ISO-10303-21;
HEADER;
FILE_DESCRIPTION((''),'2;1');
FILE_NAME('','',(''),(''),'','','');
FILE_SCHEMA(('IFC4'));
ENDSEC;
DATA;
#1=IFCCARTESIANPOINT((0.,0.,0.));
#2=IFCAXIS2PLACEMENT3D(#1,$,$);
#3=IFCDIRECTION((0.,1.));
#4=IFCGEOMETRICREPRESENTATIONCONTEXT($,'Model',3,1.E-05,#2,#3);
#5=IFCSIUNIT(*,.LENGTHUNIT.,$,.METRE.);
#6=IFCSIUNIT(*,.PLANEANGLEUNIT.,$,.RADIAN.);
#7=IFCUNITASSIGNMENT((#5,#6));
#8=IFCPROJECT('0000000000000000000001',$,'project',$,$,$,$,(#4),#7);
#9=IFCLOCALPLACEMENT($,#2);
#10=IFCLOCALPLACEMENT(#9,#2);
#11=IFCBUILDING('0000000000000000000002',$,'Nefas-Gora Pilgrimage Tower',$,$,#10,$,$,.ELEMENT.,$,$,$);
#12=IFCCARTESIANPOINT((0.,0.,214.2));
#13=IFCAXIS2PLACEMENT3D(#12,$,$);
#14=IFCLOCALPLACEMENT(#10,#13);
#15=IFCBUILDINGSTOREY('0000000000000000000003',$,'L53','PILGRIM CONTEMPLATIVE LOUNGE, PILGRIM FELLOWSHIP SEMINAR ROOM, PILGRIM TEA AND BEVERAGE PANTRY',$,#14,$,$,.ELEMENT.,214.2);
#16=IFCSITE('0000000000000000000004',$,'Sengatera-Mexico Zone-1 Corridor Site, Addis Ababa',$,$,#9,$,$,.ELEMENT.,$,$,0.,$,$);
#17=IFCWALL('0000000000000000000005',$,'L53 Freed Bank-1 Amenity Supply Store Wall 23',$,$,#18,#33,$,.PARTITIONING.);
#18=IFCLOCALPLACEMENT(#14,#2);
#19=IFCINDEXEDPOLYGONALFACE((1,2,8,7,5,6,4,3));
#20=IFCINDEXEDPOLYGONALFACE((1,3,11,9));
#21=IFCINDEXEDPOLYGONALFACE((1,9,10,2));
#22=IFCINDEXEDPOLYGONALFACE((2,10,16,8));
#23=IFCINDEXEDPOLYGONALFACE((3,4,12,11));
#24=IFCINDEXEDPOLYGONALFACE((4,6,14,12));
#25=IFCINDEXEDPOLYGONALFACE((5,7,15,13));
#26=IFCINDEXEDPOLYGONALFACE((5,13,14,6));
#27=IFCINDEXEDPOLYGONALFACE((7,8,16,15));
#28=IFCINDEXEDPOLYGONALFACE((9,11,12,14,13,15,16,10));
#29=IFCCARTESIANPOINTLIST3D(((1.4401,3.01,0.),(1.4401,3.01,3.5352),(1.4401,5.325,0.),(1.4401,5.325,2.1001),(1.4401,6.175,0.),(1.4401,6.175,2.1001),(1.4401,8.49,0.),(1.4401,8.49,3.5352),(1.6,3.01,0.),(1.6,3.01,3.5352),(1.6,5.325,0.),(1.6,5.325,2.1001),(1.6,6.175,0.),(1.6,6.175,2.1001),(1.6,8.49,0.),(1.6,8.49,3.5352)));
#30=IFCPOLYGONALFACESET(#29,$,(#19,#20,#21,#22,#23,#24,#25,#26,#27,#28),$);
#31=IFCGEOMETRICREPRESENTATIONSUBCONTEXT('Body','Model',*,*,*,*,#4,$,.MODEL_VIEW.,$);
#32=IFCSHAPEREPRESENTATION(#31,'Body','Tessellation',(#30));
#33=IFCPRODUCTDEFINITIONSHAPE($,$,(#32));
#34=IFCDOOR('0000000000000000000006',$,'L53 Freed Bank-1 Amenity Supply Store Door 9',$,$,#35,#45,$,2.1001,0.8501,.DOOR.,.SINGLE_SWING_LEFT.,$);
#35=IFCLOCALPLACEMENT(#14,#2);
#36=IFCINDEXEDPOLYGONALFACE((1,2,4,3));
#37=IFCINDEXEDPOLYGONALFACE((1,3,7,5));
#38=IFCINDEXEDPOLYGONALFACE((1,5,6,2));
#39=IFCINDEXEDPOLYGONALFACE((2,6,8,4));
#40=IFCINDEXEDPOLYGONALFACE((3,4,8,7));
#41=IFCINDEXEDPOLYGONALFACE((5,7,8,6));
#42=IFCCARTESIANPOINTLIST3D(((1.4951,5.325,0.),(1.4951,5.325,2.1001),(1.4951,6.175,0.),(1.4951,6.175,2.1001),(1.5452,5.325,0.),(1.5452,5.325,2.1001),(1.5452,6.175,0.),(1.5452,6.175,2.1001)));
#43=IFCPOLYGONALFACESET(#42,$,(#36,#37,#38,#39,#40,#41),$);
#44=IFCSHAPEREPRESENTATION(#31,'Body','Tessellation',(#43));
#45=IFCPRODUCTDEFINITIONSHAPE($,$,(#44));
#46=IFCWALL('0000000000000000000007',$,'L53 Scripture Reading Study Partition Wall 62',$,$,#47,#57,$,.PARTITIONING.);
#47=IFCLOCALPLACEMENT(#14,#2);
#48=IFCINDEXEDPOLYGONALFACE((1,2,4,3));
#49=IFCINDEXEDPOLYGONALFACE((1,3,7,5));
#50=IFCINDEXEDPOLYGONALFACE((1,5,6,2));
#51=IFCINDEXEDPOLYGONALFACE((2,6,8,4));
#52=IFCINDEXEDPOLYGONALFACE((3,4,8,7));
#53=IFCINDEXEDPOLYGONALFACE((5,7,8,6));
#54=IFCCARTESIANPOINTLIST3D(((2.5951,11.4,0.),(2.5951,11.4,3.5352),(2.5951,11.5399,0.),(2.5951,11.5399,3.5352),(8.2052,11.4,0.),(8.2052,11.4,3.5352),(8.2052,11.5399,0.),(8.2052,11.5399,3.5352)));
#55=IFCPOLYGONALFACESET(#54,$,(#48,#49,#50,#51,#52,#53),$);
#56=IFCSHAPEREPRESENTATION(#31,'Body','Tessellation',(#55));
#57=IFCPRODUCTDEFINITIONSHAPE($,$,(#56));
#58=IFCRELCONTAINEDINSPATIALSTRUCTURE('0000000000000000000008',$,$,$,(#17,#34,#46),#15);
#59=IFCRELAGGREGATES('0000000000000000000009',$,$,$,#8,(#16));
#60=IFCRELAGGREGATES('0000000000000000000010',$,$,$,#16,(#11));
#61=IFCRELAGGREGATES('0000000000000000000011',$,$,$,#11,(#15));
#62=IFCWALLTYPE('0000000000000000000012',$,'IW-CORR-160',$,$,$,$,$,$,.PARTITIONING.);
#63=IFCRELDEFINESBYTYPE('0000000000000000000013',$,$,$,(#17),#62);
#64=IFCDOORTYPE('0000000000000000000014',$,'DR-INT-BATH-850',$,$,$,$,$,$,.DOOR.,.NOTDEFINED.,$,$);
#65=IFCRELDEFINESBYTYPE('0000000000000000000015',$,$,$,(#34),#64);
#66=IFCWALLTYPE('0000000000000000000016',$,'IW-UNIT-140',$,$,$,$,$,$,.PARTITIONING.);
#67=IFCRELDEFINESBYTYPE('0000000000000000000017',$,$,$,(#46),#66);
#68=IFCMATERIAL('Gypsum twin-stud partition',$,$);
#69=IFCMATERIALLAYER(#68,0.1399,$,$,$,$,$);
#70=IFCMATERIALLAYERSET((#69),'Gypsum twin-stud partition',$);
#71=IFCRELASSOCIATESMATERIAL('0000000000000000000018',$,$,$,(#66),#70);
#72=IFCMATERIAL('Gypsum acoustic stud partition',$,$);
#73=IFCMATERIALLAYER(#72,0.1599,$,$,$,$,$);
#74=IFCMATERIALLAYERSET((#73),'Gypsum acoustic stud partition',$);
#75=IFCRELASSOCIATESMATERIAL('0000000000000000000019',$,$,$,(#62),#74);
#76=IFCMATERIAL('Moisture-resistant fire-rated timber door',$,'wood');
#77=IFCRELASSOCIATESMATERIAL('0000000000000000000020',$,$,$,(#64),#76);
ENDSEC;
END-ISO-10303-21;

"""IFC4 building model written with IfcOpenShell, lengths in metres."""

from ifc_helpers import new_model, si_unit, direction, frame, frame_2d, origin, place, context, subcontext, project, spatial, rectangle, extrude, source, transform, mapped, material, layer, layer_set, type_object, element, fill, save


model = new_model("IFC4")

# Units and contexts
model_context = context("Model", 3, precision=1e-05, world=origin(), true_north=direction((0.0, 1.0)))
body_context = subcontext(model_context, "Body", "Model", "MODEL_VIEW")
ifc_project = project(units=[si_unit("LENGTHUNIT", "METRE"), si_unit("PLANEANGLEUNIT", "RADIAN")], contexts=[model_context])

# Site, building, storey
site_placement = place(None, origin())
site = spatial("IfcSite", under=ifc_project, at=site_placement, Name="Sengatera-Mexico Zone-1 Corridor Site, Addis Ababa", CompositionType="ELEMENT", RefElevation=0.0)
building_placement = place(site_placement, origin())
building = spatial("IfcBuilding", under=site, at=building_placement, Name="Nefas-Gora Pilgrimage Tower", CompositionType="ELEMENT")
storey_placement = place(building_placement, frame((0.0, 0.0, 214.2)))
storey = spatial("IfcBuildingStorey", under=building, at=storey_placement, Name="L53", Description="PILGRIM CONTEMPLATIVE LOUNGE, PILGRIM FELLOWSHIP SEMINAR ROOM, PILGRIM TEA AND BEVERAGE PANTRY", CompositionType="ELEMENT", Elevation=214.2)

# Shared definitions
ifc_material_1 = material(Name="Gypsum twin-stud partition")
ifc_layer_1 = layer(ifc_material_1, 0.1399)
ifc_layer_set_1 = layer_set([ifc_layer_1], Name="Gypsum twin-stud partition")
wall_type_1 = type_object("IfcWallType", Name="IW-UNIT-140", PredefinedType="PARTITIONING", material=ifc_layer_set_1)

# Shared definitions
ifc_material_2 = material(Name="Gypsum acoustic stud partition")
ifc_layer_2 = layer(ifc_material_2, 0.1599)
ifc_layer_set_2 = layer_set([ifc_layer_2], Name="Gypsum acoustic stud partition")
wall_type_2 = type_object("IfcWallType", Name="IW-CORR-160", PredefinedType="PARTITIONING", material=ifc_layer_set_2)

# Wall, opening, door
shared_shape_1 = source(origin(), body_context, "Body", "SweptSolid", [
    extrude(rectangle(XDim=5.48, YDim=0.1599, at=frame_2d((2.74, 0.0))), origin(), (0.0, 0.0, 1.0), 3.5352),
])
wall_1_placement = place(storey_placement, frame((1.52, 3.01, 0.0), z_axis=(0.0, 0.0, 1.0), x_axis=(0.0, 1.0, 0.0)))
wall_1 = element("IfcWall", 1, at=wall_1_placement, inside=storey, type_object=wall_type_2, Name="L53 Freed Bank-1 Amenity Supply Store Wall 23", PredefinedType="PARTITIONING", context=body_context, shape_type="MappedRepresentation", body=[
    mapped(shared_shape_1, transform((0.0, 0.0, 0.0), x_axis=(1.0, 0.0, 0.0), y_axis=(0.0, 1.0, 0.0), z_axis=(0.0, 0.0, 1.0), scale=1.0)),
])
opening_1_placement = place(wall_1_placement, frame((2.3149, 0.0, 0.0)))
opening_1 = element("IfcOpeningElement", 2, at=opening_1_placement, cuts=wall_1, PredefinedType="OPENING", context=body_context, shape_type="SweptSolid", body=[
    extrude(rectangle(XDim=0.8501, YDim=2.1001, at=frame_2d((0.425, 1.05))), frame((0.0, 0.0898, 0.0), z_axis=(0.0, -1.0, 0.0), x_axis=(1.0, 0.0, 0.0)), (0.0, 0.0, 1.0), 0.1799),
])
ifc_material_3 = material(Name="Moisture-resistant fire-rated timber door", Category="wood")
door_type_1 = type_object("IfcDoorType", Name="DR-INT-BATH-850", OperationType="NOTDEFINED", PredefinedType="DOOR", material=ifc_material_3)
shared_shape_2 = source(origin(), body_context, "Body", "SweptSolid", [
    extrude(rectangle(XDim=0.8501, YDim=2.1001, at=frame_2d((0.425, 1.05))), frame((0.0, 0.0249, 0.0), z_axis=(0.0, -1.0, 0.0), x_axis=(1.0, 0.0, 0.0)), (0.0, 0.0, 1.0), 0.05),
])
door_1_placement = place(opening_1_placement, origin())
door_1 = element("IfcDoor", 3, at=door_1_placement, inside=storey, type_object=door_type_1, Name="L53 Freed Bank-1 Amenity Supply Store Door 9", OperationType="SINGLE_SWING_LEFT", OverallHeight=2.1001, OverallWidth=0.8501, PredefinedType="DOOR", context=body_context, shape_type="MappedRepresentation", body=[
    mapped(shared_shape_2, transform((0.0, 0.0, 0.0), x_axis=(1.0, 0.0, 0.0), y_axis=(0.0, 1.0, 0.0), z_axis=(0.0, 0.0, 1.0), scale=1.0)),
])
fill(opening_1, door_1)

# Wall
shared_shape_3 = source(origin(), body_context, "Body", "SweptSolid", [
    extrude(rectangle(XDim=5.6101, YDim=0.1399, at=frame_2d((2.8052, 0.0))), origin(), (0.0, 0.0, 1.0), 3.5352),
])
wall_2_placement = place(storey_placement, frame((2.595, 11.47, 0.0), z_axis=(0.0, 0.0, 1.0), x_axis=(1.0, 0.0, 0.0)))
element("IfcWall", 4, at=wall_2_placement, inside=storey, type_object=wall_type_1, Name="L53 Scripture Reading Study Partition Wall 62", PredefinedType="PARTITIONING", context=body_context, shape_type="MappedRepresentation", body=[
    mapped(shared_shape_3, transform((0.0, 0.0, 0.0), x_axis=(1.0, 0.0, 0.0), y_axis=(0.0, 1.0, 0.0), z_axis=(0.0, 0.0, 1.0), scale=1.0)),
])

save(model, "model.ifc")
